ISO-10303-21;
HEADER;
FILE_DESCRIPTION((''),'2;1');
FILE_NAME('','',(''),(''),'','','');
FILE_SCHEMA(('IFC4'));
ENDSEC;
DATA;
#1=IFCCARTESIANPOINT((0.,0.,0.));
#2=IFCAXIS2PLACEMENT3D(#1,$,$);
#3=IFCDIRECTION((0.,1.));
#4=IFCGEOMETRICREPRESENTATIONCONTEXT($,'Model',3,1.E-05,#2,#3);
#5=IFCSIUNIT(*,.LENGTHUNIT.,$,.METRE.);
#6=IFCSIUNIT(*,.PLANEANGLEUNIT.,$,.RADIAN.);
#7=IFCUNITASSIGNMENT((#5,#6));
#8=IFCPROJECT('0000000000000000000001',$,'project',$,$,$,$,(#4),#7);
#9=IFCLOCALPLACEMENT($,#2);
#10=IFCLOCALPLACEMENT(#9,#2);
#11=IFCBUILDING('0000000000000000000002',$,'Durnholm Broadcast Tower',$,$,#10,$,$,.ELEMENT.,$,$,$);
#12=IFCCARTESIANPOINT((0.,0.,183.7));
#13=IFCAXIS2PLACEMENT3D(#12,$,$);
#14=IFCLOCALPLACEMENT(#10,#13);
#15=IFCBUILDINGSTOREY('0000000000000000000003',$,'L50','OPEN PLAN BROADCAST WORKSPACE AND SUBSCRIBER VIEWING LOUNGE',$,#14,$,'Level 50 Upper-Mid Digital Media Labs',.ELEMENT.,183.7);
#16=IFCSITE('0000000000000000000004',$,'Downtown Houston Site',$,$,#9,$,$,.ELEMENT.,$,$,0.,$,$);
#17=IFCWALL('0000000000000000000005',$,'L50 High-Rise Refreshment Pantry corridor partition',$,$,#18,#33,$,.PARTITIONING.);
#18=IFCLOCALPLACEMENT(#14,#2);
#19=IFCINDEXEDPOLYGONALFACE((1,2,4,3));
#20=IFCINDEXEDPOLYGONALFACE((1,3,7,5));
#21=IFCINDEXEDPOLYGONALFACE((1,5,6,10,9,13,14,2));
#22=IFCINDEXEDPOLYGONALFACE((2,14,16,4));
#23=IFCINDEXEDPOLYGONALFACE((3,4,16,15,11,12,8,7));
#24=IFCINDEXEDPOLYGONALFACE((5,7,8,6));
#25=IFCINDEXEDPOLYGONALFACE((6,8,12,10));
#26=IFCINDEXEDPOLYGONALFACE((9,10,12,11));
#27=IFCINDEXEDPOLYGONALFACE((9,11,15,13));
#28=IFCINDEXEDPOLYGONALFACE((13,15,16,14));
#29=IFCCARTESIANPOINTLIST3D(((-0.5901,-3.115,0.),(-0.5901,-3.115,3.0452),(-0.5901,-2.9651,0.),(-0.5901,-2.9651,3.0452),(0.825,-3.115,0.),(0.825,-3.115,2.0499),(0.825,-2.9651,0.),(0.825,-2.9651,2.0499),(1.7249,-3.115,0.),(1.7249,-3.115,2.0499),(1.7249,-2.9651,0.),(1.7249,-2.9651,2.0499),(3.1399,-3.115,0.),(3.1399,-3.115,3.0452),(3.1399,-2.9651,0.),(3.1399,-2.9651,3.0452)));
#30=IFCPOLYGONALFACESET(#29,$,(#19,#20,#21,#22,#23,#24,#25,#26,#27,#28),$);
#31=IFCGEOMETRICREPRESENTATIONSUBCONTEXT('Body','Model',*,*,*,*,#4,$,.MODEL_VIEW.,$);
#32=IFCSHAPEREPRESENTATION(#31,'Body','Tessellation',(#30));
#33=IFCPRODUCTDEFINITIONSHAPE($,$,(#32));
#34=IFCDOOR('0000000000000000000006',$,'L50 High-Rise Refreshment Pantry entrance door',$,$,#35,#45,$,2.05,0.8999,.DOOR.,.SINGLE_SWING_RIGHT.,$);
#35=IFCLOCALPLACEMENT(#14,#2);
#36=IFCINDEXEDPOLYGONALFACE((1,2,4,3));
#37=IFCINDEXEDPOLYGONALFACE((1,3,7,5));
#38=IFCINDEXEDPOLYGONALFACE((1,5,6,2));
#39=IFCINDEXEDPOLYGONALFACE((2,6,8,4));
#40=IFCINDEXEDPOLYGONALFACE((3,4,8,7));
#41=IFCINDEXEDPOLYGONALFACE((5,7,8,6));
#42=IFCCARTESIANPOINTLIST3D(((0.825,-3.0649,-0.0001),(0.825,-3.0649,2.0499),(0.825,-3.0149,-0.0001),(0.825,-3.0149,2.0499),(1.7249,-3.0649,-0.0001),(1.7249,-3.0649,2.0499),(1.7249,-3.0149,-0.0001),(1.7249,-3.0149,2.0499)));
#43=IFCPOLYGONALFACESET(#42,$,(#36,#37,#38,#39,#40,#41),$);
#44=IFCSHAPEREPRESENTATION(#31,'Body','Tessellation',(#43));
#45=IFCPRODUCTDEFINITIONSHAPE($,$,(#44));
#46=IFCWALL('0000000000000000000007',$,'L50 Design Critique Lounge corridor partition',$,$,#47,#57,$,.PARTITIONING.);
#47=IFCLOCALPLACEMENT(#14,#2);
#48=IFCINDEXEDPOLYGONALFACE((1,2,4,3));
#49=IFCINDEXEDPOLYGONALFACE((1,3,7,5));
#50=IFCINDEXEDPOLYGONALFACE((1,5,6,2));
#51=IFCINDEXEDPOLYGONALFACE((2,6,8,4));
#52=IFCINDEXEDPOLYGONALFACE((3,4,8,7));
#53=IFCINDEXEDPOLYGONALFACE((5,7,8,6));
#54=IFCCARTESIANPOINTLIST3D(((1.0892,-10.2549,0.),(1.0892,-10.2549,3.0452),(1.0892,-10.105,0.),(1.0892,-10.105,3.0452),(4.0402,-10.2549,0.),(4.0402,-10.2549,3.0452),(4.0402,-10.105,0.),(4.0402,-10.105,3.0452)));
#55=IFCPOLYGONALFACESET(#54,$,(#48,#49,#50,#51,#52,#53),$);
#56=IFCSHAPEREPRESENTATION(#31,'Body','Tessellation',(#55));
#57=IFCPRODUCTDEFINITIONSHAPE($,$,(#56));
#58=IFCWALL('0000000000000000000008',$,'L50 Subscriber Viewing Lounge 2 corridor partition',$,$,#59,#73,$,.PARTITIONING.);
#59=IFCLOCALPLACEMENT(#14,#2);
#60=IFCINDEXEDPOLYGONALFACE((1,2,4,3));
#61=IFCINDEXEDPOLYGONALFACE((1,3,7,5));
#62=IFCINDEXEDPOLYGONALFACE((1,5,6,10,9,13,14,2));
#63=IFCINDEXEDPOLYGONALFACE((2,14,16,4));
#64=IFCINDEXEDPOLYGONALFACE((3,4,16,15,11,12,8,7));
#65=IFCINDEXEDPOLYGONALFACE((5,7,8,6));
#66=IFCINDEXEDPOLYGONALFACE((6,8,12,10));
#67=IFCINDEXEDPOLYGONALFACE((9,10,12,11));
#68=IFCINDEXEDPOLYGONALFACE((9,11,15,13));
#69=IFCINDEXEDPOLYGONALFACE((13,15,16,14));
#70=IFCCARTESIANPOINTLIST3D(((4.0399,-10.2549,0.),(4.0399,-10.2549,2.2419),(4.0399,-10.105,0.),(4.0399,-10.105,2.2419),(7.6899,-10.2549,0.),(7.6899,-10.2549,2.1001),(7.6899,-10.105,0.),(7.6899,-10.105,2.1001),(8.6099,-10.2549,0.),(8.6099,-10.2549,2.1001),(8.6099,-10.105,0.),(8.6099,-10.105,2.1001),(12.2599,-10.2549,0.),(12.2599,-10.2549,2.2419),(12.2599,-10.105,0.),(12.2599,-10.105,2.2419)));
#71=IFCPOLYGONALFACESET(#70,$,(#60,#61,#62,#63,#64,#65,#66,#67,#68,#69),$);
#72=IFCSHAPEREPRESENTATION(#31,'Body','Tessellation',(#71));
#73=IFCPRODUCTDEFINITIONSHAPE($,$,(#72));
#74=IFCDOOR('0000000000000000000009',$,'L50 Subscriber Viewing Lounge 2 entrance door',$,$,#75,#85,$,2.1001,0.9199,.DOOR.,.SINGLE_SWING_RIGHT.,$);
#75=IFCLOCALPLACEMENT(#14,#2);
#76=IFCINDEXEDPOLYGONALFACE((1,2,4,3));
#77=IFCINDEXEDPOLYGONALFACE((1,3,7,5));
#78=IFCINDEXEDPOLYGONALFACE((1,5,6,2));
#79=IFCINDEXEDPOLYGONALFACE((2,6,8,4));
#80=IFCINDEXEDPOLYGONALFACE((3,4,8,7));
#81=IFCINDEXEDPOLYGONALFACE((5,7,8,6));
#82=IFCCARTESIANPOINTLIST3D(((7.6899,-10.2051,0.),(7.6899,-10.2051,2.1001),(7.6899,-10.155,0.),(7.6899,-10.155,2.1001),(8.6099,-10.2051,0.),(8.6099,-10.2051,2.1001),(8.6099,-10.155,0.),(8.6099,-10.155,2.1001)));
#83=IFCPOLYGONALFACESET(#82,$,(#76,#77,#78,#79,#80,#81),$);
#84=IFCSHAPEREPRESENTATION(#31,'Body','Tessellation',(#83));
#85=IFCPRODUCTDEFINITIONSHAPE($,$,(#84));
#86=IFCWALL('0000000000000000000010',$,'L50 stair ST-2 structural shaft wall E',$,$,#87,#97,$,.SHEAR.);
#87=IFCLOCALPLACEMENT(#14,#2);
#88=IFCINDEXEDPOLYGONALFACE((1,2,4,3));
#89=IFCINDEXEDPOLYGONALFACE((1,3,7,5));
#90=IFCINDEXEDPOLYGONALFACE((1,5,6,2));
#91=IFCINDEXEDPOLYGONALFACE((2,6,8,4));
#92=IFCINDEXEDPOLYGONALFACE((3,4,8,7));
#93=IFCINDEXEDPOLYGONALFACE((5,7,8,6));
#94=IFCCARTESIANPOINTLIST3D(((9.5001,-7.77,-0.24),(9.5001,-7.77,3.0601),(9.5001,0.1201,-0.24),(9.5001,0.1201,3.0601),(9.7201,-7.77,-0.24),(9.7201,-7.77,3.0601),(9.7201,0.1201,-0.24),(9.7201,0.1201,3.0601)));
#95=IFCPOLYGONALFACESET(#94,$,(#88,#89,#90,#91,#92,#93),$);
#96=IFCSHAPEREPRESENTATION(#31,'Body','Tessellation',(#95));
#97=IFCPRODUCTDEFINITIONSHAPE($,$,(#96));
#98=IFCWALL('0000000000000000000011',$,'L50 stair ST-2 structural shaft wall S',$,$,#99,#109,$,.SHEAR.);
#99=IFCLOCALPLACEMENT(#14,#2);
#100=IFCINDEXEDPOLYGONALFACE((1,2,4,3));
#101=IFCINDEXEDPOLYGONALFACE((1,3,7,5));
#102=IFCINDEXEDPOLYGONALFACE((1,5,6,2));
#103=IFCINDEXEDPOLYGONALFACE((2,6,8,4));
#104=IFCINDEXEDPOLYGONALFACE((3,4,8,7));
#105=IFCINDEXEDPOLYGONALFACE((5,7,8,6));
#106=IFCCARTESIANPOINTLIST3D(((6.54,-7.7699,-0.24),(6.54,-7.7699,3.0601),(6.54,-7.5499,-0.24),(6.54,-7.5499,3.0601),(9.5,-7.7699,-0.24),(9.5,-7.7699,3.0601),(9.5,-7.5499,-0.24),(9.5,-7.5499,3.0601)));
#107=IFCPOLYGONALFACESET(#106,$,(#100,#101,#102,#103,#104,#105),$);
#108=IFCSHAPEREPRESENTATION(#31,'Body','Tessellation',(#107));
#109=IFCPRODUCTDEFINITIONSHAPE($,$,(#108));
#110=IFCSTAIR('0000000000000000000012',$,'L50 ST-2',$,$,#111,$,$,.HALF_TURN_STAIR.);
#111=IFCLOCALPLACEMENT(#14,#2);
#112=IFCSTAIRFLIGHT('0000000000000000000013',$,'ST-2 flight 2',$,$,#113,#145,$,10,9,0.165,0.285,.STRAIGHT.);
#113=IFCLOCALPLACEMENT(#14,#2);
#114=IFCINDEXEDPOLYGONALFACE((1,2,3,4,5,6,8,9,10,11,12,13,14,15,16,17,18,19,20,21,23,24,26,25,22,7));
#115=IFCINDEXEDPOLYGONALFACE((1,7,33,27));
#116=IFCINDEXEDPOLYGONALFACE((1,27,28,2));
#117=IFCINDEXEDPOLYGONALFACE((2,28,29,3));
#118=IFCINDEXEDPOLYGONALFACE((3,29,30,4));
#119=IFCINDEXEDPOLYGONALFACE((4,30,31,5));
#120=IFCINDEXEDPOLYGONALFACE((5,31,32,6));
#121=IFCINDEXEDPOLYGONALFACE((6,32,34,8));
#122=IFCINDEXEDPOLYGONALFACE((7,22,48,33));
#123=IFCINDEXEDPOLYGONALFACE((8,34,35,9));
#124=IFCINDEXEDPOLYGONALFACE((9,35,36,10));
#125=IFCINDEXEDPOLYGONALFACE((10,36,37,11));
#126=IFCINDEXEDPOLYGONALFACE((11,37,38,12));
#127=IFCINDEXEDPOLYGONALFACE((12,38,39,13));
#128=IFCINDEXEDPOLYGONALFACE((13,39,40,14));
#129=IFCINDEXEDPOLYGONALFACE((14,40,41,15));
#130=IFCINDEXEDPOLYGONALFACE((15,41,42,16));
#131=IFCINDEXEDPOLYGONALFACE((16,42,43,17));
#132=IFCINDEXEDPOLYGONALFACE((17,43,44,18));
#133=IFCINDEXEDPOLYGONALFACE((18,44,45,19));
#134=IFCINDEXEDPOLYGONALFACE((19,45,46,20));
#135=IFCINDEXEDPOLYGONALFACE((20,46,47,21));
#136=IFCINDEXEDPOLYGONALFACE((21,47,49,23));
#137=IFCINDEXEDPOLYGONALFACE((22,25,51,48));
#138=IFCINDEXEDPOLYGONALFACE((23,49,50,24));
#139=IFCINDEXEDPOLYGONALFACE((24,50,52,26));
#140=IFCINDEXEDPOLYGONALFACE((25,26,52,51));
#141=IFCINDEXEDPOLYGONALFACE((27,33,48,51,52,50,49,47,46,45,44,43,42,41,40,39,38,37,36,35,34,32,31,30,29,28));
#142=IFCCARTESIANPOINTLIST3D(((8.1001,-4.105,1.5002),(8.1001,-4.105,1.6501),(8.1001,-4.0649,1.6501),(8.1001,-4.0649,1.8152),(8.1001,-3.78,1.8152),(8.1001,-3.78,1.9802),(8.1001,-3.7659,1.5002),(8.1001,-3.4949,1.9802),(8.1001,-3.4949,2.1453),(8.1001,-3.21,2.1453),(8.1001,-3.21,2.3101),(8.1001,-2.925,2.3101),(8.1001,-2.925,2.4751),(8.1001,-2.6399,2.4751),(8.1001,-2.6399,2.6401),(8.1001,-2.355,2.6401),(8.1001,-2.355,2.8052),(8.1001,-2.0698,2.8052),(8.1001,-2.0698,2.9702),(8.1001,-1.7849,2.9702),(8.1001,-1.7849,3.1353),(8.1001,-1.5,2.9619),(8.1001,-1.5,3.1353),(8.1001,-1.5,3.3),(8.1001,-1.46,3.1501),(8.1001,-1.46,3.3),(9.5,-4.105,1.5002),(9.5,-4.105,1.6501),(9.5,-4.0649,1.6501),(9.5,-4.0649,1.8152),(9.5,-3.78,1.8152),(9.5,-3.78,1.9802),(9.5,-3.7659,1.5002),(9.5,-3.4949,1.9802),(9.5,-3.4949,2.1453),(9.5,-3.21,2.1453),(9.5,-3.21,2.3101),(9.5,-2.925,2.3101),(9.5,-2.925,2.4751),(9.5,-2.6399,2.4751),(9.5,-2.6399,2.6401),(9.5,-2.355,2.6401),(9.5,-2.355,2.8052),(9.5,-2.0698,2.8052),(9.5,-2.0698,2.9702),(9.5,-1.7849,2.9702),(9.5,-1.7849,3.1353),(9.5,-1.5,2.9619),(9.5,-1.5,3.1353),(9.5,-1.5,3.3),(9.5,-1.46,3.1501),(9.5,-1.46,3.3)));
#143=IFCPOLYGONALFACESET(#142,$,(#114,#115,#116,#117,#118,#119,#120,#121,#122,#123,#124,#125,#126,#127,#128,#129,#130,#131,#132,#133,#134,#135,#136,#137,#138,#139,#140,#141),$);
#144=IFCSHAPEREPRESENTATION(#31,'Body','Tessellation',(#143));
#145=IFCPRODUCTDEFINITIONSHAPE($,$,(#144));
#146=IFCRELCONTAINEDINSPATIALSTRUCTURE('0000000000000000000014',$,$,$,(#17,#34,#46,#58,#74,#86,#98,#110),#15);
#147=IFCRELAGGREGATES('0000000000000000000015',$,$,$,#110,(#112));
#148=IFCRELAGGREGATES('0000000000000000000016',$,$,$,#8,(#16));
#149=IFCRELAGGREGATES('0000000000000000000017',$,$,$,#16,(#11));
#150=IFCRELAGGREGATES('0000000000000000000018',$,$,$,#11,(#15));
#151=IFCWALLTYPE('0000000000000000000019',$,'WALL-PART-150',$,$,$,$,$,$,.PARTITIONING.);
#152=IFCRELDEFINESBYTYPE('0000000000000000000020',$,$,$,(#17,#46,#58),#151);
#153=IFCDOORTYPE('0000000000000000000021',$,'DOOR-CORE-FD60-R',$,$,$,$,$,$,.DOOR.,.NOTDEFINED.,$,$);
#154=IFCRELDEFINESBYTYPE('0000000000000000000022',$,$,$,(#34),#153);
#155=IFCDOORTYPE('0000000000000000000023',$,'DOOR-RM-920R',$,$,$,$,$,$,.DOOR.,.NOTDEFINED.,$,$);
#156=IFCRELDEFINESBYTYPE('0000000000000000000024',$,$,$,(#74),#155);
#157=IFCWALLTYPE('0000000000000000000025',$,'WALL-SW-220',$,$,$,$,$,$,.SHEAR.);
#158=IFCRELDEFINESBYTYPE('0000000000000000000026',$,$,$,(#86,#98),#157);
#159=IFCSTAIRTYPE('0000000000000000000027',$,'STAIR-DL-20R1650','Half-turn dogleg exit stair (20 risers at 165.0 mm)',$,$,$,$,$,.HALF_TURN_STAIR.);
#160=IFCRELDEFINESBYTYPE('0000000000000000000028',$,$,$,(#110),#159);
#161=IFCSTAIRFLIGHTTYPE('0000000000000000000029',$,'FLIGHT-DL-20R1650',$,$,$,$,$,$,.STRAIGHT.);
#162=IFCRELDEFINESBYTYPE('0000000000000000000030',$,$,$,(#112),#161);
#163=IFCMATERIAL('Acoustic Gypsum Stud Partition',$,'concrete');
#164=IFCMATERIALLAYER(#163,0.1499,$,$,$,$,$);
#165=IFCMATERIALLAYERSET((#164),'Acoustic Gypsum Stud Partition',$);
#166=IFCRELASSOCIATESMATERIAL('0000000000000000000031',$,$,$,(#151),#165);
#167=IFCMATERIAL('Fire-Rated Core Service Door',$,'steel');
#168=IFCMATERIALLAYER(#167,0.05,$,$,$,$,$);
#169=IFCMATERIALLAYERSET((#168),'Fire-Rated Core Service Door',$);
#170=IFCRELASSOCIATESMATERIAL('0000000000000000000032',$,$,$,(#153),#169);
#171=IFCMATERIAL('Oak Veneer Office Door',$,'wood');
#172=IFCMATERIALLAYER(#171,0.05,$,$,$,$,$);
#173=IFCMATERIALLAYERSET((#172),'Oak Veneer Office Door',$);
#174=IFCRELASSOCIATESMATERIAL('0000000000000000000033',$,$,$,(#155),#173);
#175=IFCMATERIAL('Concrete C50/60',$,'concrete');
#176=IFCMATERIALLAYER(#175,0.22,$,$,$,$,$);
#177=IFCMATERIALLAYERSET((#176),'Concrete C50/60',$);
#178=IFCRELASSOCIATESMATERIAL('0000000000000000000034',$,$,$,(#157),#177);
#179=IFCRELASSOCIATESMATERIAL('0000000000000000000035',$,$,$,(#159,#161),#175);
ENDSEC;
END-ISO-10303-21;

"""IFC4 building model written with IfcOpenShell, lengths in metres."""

from ifc_helpers import new_model, si_unit, direction, frame, frame_2d, origin, place, context, subcontext, project, spatial, polyline, rectangle, outline, extrude, source, transform, mapped, material, layer, layer_set, type_object, type_shapes, element, fill, aggregate, save


model = new_model("IFC4")

# Units and contexts
model_context = context("Model", 3, precision=1e-05, world=origin(), true_north=direction((0.0, 1.0)))
body_context = subcontext(model_context, "Body", "Model", "MODEL_VIEW")
ifc_project = project(units=[si_unit("LENGTHUNIT", "METRE"), si_unit("PLANEANGLEUNIT", "RADIAN")], contexts=[model_context])

# Site, building, storey
site_placement = place(None, origin())
site = spatial("IfcSite", under=ifc_project, at=site_placement, Name="Downtown Houston Site", CompositionType="ELEMENT", RefElevation=0.0)
building_placement = place(site_placement, origin())
building = spatial("IfcBuilding", under=site, at=building_placement, Name="Durnholm Broadcast Tower", CompositionType="ELEMENT")
storey_placement = place(building_placement, frame((0.0, 0.0, 183.7)))
storey = spatial("IfcBuildingStorey", under=building, at=storey_placement, Name="L50", Description="OPEN PLAN BROADCAST WORKSPACE AND SUBSCRIBER VIEWING LOUNGE", LongName="Level 50 Upper-Mid Digital Media Labs", CompositionType="ELEMENT", Elevation=183.7)

# Wall, opening, door
ifc_material_1 = material(Name="Acoustic Gypsum Stud Partition", Category="concrete")
ifc_layer_1 = layer(ifc_material_1, 0.1499)
ifc_layer_set_1 = layer_set([ifc_layer_1], Name="Acoustic Gypsum Stud Partition")
wall_type_1 = type_object("IfcWallType", Name="WALL-PART-150", PredefinedType="PARTITIONING", material=ifc_layer_set_1)
ifc_material_2 = material(Name="Fire-Rated Core Service Door", Category="steel")
ifc_layer_2 = layer(ifc_material_2, 0.05)
ifc_layer_set_2 = layer_set([ifc_layer_2], Name="Fire-Rated Core Service Door")
door_type_1 = type_object("IfcDoorType", Name="DOOR-CORE-FD60-R", OperationType="NOTDEFINED", PredefinedType="DOOR", material=ifc_layer_set_2)
shared_shape_1 = source(origin(), body_context, "Body", "SweptSolid", [
    extrude(rectangle(XDim=0.8999, YDim=2.05, at=frame_2d((0.45, 1.0249))), frame((0.0, 0.0249, 0.0), z_axis=(0.0, -1.0, 0.0), x_axis=(1.0, 0.0, 0.0)), (0.0, 0.0, 1.0), 0.05),
])
type_shapes(door_type_1, [shared_shape_1])
wall_1_placement = place(storey_placement, frame((3.1399, -3.04, 0.0), z_axis=(0.0, 0.0, 1.0), x_axis=(-1.0, 0.0, 0.0)))
wall_1 = element("IfcWall", 1, at=wall_1_placement, inside=storey, type_object=wall_type_1, Name="L50 High-Rise Refreshment Pantry corridor partition", PredefinedType="PARTITIONING", context=body_context, shape_type="SweptSolid", body=[
    extrude(rectangle(XDim=3.73, YDim=0.1499, at=frame_2d((1.865, 0.0))), origin(), (0.0, 0.0, 1.0), 3.0452),
])
opening_1_placement = place(wall_1_placement, frame((1.415, 0.0, 0.0)))
opening_1 = element("IfcOpeningElement", 2, at=opening_1_placement, cuts=wall_1, PredefinedType="OPENING", context=body_context, shape_type="SweptSolid", body=[
    extrude(rectangle(XDim=0.8999, YDim=2.05, at=frame_2d((0.45, 1.0249))), frame((0.0, 0.085, 0.0), z_axis=(0.0, -1.0, 0.0), x_axis=(1.0, 0.0, 0.0)), (0.0, 0.0, 1.0), 0.1699),
])
door_1_placement = place(opening_1_placement, origin())
door_1 = element("IfcDoor", 3, at=door_1_placement, inside=storey, type_object=door_type_1, Name="L50 High-Rise Refreshment Pantry entrance door", OperationType="SINGLE_SWING_RIGHT", OverallHeight=2.05, OverallWidth=0.8999, PredefinedType="DOOR", context=body_context, shape_type="MappedRepresentation", body=[
    mapped(shared_shape_1, transform((0.0, 0.0, 0.0), x_axis=(1.0, 0.0, 0.0), y_axis=(0.0, 1.0, 0.0), z_axis=(0.0, 0.0, 1.0), scale=1.0)),
])
fill(opening_1, door_1)

# Wall
wall_2_placement = place(storey_placement, frame((1.0891, -10.1799, 0.0), z_axis=(0.0, 0.0, 1.0), x_axis=(1.0, 0.0, 0.0)))
element("IfcWall", 4, at=wall_2_placement, inside=storey, type_object=wall_type_1, Name="L50 Design Critique Lounge corridor partition", PredefinedType="PARTITIONING", context=body_context, shape_type="SweptSolid", body=[
    extrude(rectangle(XDim=2.9509, YDim=0.1499, at=frame_2d((1.4756, 0.0))), origin(), (0.0, 0.0, 1.0), 3.0452),
])

# Wall, opening, door
wall_3_placement = place(storey_placement, frame((4.04, -10.1799, 0.0), z_axis=(0.0, 0.0, 1.0), x_axis=(1.0, 0.0, 0.0)))
wall_3 = element("IfcWall", 5, at=wall_3_placement, inside=storey, type_object=wall_type_1, Name="L50 Subscriber Viewing Lounge 2 corridor partition", PredefinedType="PARTITIONING", context=body_context, shape_type="SweptSolid", body=[
    extrude(rectangle(XDim=8.22, YDim=0.1499, at=frame_2d((4.1099, 0.0))), origin(), (0.0, 0.0, 1.0), 2.2419),
])
opening_2_placement = place(wall_3_placement, frame((3.6499, 0.0, 0.0)))
opening_2 = element("IfcOpeningElement", 6, at=opening_2_placement, cuts=wall_3, PredefinedType="OPENING", context=body_context, shape_type="SweptSolid", body=[
    extrude(rectangle(XDim=0.9199, YDim=2.1001, at=frame_2d((0.46, 1.05))), frame((0.0, 0.085, 0.0), z_axis=(0.0, -1.0, 0.0), x_axis=(1.0, 0.0, 0.0)), (0.0, 0.0, 1.0), 0.1699),
])
ifc_material_3 = material(Name="Oak Veneer Office Door", Category="wood")
ifc_layer_3 = layer(ifc_material_3, 0.05)
ifc_layer_set_3 = layer_set([ifc_layer_3], Name="Oak Veneer Office Door")
door_type_2 = type_object("IfcDoorType", Name="DOOR-RM-920R", OperationType="NOTDEFINED", PredefinedType="DOOR", material=ifc_layer_set_3)
shared_shape_2 = source(origin(), body_context, "Body", "SweptSolid", [
    extrude(rectangle(XDim=0.9199, YDim=2.1001, at=frame_2d((0.46, 1.05))), frame((0.0, 0.0249, 0.0), z_axis=(0.0, -1.0, 0.0), x_axis=(1.0, 0.0, 0.0)), (0.0, 0.0, 1.0), 0.05),
])
type_shapes(door_type_2, [shared_shape_2])
door_2_placement = place(opening_2_placement, origin())
door_2 = element("IfcDoor", 7, at=door_2_placement, inside=storey, type_object=door_type_2, Name="L50 Subscriber Viewing Lounge 2 entrance door", OperationType="SINGLE_SWING_RIGHT", OverallHeight=2.1001, OverallWidth=0.9199, PredefinedType="DOOR", context=body_context, shape_type="MappedRepresentation", body=[
    mapped(shared_shape_2, transform((0.0, 0.0, 0.0), x_axis=(1.0, 0.0, 0.0), y_axis=(0.0, 1.0, 0.0), z_axis=(0.0, 0.0, 1.0), scale=1.0)),
])
fill(opening_2, door_2)

# Walls
ifc_material_4 = material(Name="Concrete C50/60", Category="concrete")
ifc_layer_4 = layer(ifc_material_4, 0.22)
ifc_layer_set_4 = layer_set([ifc_layer_4], Name="Concrete C50/60")
wall_type_2 = type_object("IfcWallType", Name="WALL-SW-220", PredefinedType="SHEAR", material=ifc_layer_set_4)
wall_4_placement = place(storey_placement, frame((9.6101, -7.77, -0.24), z_axis=(0.0, 0.0, 1.0), x_axis=(0.0, 1.0, 0.0)))
element("IfcWall", 8, at=wall_4_placement, inside=storey, type_object=wall_type_2, Name="L50 stair ST-2 structural shaft wall E", PredefinedType="SHEAR", context=body_context, shape_type="SweptSolid", body=[
    extrude(rectangle(XDim=7.8901, YDim=0.22, at=frame_2d((3.9451, 0.0))), origin(), (0.0, 0.0, 1.0), 3.3),
])
wall_5_placement = place(storey_placement, frame((6.54, -7.6599, -0.24), z_axis=(0.0, 0.0, 1.0), x_axis=(1.0, 0.0, 0.0)))
element("IfcWall", 9, at=wall_5_placement, inside=storey, type_object=wall_type_2, Name="L50 stair ST-2 structural shaft wall S", PredefinedType="SHEAR", context=body_context, shape_type="SweptSolid", body=[
    extrude(rectangle(XDim=2.96, YDim=0.22, at=frame_2d((1.48, 0.0))), origin(), (0.0, 0.0, 1.0), 3.3),
])

# Stair, stair flight
stair_type = type_object("IfcStairType", Name="STAIR-DL-20R1650", Description="Half-turn dogleg exit stair (20 risers at 165.0 mm)", PredefinedType="HALF_TURN_STAIR", material=ifc_material_4)
stair_placement = place(storey_placement, origin())
stair = element("IfcStair", 10, at=stair_placement, inside=storey, type_object=stair_type, Name="L50 ST-2", PredefinedType="HALF_TURN_STAIR")
stair_flight_type = type_object("IfcStairFlightType", Name="FLIGHT-DL-20R1650", PredefinedType="STRAIGHT", material=ifc_material_4)
stair_flight_placement = place(storey_placement, frame((8.8, -4.0649, 1.6501), z_axis=(0.0, 0.0, 1.0), x_axis=(0.0, 1.0, 0.0)))
stair_flight = element("IfcStairFlight", 11, at=stair_flight_placement, type_object=stair_flight_type, Name="ST-2 flight 2", NumberOfRisers=10, NumberOfTreads=9, PredefinedType="STRAIGHT", RiserHeight=0.165, TreadLength=0.285, context=body_context, shape_type="SweptSolid", body=[
    extrude(outline(polyline([(-0.04, -0.1499), (-0.04, 0.0), (0.0, 0.0), (0.0, 0.165), (0.2849, 0.165), (0.2849, 0.3301), (0.5701, 0.3301), (0.5701, 0.4951), (0.855, 0.4951), (0.855, 0.6599), (1.1399, 0.6599), (1.1399, 0.825), (1.425, 0.825), (1.425, 0.99), (1.71, 0.99), (1.71, 1.155), (1.9951, 1.155), (1.9951, 1.3201), (2.28, 1.3201), (2.28, 1.4851), (2.5649, 1.4851), (2.5649, 1.6499), (2.605, 1.6499), (2.605, 1.5), (2.5649, 1.3118), (0.2991, -0.1499), (-0.04, -0.1499)])), frame((0.0, 0.7, 0.0), z_axis=(0.0, -1.0, 0.0), x_axis=(1.0, 0.0, 0.0)), (0.0, 0.0, 1.0), 1.3999),
])
aggregate(stair, [stair_flight])

save(model, "model.ifc")
